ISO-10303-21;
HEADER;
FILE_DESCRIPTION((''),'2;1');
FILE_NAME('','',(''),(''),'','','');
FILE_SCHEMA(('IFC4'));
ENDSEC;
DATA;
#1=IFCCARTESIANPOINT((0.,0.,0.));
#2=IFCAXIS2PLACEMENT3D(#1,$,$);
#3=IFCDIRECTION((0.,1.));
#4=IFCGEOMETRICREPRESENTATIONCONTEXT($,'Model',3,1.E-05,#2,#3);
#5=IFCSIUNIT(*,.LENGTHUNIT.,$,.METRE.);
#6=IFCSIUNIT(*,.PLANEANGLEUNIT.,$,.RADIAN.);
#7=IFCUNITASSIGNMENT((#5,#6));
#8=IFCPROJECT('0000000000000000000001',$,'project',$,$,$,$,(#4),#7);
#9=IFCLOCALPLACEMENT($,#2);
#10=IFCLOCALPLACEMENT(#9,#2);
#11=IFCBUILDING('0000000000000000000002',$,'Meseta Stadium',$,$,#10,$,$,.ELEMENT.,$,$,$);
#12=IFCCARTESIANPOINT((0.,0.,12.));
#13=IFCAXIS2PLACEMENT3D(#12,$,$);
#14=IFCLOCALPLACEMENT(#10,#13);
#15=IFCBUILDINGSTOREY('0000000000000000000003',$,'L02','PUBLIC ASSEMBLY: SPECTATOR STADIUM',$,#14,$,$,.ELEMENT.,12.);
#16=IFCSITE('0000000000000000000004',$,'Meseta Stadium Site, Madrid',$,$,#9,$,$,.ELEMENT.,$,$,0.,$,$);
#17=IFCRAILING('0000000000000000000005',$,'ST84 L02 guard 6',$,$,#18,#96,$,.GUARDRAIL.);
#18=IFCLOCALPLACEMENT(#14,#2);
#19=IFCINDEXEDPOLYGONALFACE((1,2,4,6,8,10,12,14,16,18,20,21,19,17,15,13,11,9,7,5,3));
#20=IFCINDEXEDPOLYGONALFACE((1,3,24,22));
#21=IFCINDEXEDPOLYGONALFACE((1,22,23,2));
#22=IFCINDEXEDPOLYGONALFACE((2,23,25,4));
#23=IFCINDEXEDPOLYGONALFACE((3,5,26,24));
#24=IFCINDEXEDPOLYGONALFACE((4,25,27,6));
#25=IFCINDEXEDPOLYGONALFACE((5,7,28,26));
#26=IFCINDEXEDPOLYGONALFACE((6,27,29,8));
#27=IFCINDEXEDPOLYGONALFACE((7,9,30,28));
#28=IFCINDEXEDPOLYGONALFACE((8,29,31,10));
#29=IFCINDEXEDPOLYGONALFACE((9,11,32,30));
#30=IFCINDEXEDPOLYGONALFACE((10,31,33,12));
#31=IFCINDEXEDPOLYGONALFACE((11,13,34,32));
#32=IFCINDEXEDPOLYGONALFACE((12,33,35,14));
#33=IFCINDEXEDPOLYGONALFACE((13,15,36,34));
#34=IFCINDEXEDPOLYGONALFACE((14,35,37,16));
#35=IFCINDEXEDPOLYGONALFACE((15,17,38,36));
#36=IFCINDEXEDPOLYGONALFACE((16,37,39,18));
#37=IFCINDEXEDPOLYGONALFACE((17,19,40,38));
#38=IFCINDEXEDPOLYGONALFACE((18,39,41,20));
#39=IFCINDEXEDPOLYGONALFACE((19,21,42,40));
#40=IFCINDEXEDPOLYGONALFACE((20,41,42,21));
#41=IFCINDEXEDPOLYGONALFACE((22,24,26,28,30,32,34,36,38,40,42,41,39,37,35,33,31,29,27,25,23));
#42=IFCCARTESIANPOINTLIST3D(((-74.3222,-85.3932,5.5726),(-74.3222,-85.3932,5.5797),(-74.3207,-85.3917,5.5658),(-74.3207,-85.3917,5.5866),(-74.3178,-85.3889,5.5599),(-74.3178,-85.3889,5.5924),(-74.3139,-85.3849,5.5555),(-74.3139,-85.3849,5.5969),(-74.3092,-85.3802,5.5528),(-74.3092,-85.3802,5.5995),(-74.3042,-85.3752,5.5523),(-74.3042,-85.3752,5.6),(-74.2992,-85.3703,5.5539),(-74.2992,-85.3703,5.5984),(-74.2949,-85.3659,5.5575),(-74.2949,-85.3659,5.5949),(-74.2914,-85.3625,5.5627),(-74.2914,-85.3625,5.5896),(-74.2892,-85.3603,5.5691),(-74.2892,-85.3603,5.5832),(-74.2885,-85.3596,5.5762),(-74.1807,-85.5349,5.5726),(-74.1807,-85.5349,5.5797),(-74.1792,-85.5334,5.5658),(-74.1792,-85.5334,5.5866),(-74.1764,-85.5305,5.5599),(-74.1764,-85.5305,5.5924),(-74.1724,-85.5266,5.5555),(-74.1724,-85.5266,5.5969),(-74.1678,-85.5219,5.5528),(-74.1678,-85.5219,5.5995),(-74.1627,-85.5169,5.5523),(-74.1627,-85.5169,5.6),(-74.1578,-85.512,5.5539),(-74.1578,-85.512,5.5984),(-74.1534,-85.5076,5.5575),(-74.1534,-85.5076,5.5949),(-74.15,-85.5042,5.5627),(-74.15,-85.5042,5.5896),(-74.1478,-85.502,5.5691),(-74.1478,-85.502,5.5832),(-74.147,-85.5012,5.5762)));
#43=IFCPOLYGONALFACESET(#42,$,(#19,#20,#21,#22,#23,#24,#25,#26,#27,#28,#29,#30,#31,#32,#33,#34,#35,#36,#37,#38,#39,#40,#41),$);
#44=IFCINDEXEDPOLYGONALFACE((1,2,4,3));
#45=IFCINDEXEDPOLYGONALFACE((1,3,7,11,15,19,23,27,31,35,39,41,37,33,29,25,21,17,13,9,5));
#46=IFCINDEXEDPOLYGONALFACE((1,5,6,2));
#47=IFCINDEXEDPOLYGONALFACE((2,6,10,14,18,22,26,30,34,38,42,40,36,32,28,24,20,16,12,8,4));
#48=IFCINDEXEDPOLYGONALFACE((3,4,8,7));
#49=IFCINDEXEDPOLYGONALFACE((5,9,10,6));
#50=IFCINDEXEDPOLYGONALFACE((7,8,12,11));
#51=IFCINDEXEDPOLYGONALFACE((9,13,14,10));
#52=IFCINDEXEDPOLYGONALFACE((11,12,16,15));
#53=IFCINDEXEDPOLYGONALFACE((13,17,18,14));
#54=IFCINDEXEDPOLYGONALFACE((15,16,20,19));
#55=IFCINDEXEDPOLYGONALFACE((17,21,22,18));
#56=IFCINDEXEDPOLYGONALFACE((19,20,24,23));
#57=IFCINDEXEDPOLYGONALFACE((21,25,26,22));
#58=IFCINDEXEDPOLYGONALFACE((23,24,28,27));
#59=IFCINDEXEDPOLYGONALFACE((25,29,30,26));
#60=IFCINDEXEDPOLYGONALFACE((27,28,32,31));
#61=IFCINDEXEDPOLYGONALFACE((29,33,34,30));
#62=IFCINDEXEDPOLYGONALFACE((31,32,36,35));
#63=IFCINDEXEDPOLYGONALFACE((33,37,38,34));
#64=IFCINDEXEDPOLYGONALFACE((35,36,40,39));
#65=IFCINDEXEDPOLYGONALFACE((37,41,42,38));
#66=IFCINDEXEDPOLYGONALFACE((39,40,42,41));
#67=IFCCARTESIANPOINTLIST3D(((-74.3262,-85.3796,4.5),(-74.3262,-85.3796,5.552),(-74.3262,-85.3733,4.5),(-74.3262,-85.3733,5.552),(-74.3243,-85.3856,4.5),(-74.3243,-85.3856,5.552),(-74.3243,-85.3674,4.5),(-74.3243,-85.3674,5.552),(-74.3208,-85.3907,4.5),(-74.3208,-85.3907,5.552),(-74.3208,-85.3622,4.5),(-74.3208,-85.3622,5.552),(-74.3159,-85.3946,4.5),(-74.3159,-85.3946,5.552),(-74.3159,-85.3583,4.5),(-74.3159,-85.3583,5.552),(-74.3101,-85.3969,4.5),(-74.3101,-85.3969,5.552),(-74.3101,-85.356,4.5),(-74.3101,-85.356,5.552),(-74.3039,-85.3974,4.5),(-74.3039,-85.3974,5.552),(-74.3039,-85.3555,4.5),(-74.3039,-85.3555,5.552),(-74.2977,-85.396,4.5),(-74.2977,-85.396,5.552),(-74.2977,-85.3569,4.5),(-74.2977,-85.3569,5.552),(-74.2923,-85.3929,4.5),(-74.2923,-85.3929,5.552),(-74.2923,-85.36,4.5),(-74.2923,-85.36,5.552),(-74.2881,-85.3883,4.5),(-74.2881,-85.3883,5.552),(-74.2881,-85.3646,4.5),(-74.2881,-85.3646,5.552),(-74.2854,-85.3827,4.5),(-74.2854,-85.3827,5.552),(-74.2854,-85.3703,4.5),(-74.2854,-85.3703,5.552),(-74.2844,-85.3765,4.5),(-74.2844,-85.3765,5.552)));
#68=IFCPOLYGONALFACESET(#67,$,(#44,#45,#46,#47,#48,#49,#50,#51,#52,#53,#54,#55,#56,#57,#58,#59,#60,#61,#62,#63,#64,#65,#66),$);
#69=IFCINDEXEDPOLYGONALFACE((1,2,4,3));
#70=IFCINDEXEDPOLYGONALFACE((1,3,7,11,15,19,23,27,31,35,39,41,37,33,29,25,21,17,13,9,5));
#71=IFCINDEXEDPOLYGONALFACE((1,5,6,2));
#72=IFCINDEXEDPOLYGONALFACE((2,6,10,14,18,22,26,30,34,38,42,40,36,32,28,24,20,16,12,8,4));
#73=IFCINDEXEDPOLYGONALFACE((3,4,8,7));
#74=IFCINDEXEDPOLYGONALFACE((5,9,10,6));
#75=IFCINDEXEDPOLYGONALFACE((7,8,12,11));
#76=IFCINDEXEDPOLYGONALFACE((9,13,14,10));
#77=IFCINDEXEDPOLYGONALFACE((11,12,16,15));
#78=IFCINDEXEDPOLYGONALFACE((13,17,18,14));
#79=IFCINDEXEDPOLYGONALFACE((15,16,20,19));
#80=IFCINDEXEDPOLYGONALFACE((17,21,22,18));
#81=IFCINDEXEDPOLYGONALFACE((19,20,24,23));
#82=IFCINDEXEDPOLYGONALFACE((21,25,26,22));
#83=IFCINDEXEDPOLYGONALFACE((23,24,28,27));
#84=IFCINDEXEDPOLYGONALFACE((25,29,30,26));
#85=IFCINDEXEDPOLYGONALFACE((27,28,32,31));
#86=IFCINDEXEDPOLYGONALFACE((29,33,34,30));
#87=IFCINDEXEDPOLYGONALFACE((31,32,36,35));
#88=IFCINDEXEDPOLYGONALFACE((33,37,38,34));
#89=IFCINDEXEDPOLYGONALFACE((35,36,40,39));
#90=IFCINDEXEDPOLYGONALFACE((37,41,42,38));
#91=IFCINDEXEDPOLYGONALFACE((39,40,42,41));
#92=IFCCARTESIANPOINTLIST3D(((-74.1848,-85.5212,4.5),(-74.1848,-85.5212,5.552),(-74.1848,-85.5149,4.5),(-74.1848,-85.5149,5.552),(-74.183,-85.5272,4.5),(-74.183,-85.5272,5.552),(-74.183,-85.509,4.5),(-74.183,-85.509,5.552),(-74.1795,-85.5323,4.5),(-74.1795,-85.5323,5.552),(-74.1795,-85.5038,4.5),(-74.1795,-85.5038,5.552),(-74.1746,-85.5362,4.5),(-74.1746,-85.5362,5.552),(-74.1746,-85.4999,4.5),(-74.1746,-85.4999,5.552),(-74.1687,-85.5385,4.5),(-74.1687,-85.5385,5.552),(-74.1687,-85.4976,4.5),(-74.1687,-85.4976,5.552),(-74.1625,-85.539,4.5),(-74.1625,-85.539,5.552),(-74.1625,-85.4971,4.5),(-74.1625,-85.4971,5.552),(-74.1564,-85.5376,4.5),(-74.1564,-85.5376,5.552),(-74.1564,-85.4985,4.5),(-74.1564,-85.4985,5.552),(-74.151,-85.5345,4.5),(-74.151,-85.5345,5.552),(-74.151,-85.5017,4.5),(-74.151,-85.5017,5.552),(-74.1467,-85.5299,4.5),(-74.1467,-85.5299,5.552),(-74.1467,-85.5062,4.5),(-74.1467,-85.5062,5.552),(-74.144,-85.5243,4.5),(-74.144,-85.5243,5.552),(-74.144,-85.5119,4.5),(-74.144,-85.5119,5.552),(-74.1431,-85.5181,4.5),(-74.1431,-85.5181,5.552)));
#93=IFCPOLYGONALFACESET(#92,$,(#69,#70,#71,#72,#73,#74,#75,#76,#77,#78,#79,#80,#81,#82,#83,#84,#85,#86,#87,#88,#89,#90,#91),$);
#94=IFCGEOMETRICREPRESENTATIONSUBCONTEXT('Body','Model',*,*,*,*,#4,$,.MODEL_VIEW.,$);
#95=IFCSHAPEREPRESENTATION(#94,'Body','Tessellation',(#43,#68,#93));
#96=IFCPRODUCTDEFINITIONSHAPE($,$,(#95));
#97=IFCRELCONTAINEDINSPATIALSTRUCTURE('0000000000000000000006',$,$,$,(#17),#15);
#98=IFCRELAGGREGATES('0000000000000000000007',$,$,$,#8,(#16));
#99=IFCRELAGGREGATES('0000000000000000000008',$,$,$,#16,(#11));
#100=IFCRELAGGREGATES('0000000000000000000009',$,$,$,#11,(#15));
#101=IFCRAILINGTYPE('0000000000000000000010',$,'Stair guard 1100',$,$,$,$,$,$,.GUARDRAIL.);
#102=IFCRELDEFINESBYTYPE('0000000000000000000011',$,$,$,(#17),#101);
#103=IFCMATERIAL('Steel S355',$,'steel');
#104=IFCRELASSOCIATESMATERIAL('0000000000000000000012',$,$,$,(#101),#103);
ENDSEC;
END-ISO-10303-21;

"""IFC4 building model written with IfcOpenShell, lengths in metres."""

from ifc_helpers import new_model, si_unit, direction, frame, origin, origin_2d, place, context, subcontext, project, spatial, circle, extrude, material, type_object, element, save


model = new_model("IFC4")

# Units and contexts
model_context = context("Model", 3, precision=1e-05, world=origin(), true_north=direction((0.0, 1.0)))
body_context = subcontext(model_context, "Body", "Model", "MODEL_VIEW")
ifc_project = project(units=[si_unit("LENGTHUNIT", "METRE"), si_unit("PLANEANGLEUNIT", "RADIAN")], contexts=[model_context])

# Site, building, storey
site_placement = place(None, origin())
site = spatial("IfcSite", under=ifc_project, at=site_placement, Name="Meseta Stadium Site, Madrid", CompositionType="ELEMENT", RefElevation=0.0)
building_placement = place(site_placement, origin())
building = spatial("IfcBuilding", under=site, at=building_placement, Name="Meseta Stadium", CompositionType="ELEMENT")
storey_placement = place(building_placement, frame((0.0, 0.0, 12.0)))
storey = spatial("IfcBuildingStorey", under=building, at=storey_placement, Name="L02", Description="PUBLIC ASSEMBLY: SPECTATOR STADIUM", CompositionType="ELEMENT", Elevation=12.0)

# Railing
ifc_material_1 = material(Name="Steel S355", Category="steel")
railing_type_1 = type_object("IfcRailingType", Name="Stair guard 1100", PredefinedType="GUARDRAIL", material=ifc_material_1)
railing_1_placement = place(storey_placement, frame((-74.3054, -85.3765, 4.5)))
element("IfcRailing", 1, at=railing_1_placement, inside=storey, type_object=railing_type_1, Name="ST84 L02 guard 6", PredefinedType="GUARDRAIL", context=body_context, shape_type="SweptSolid", body=[
    extrude(circle(Radius=0.0239, at=origin_2d()), frame((0.0, 0.0, 1.0762), z_axis=(0.706496, -0.707717, 0.0), x_axis=(0.707717, 0.706496, 0.0)), (0.0, 0.0, 1.0), 0.2002),
    extrude(circle(Radius=0.021, at=origin_2d()), origin(), (0.0, 0.0, 1.0), 1.052),
    extrude(circle(Radius=0.021, at=origin_2d()), frame((0.1414, -0.1416, 0.0)), (0.0, 0.0, 1.0), 1.052),
])

save(model, "model.ifc")
